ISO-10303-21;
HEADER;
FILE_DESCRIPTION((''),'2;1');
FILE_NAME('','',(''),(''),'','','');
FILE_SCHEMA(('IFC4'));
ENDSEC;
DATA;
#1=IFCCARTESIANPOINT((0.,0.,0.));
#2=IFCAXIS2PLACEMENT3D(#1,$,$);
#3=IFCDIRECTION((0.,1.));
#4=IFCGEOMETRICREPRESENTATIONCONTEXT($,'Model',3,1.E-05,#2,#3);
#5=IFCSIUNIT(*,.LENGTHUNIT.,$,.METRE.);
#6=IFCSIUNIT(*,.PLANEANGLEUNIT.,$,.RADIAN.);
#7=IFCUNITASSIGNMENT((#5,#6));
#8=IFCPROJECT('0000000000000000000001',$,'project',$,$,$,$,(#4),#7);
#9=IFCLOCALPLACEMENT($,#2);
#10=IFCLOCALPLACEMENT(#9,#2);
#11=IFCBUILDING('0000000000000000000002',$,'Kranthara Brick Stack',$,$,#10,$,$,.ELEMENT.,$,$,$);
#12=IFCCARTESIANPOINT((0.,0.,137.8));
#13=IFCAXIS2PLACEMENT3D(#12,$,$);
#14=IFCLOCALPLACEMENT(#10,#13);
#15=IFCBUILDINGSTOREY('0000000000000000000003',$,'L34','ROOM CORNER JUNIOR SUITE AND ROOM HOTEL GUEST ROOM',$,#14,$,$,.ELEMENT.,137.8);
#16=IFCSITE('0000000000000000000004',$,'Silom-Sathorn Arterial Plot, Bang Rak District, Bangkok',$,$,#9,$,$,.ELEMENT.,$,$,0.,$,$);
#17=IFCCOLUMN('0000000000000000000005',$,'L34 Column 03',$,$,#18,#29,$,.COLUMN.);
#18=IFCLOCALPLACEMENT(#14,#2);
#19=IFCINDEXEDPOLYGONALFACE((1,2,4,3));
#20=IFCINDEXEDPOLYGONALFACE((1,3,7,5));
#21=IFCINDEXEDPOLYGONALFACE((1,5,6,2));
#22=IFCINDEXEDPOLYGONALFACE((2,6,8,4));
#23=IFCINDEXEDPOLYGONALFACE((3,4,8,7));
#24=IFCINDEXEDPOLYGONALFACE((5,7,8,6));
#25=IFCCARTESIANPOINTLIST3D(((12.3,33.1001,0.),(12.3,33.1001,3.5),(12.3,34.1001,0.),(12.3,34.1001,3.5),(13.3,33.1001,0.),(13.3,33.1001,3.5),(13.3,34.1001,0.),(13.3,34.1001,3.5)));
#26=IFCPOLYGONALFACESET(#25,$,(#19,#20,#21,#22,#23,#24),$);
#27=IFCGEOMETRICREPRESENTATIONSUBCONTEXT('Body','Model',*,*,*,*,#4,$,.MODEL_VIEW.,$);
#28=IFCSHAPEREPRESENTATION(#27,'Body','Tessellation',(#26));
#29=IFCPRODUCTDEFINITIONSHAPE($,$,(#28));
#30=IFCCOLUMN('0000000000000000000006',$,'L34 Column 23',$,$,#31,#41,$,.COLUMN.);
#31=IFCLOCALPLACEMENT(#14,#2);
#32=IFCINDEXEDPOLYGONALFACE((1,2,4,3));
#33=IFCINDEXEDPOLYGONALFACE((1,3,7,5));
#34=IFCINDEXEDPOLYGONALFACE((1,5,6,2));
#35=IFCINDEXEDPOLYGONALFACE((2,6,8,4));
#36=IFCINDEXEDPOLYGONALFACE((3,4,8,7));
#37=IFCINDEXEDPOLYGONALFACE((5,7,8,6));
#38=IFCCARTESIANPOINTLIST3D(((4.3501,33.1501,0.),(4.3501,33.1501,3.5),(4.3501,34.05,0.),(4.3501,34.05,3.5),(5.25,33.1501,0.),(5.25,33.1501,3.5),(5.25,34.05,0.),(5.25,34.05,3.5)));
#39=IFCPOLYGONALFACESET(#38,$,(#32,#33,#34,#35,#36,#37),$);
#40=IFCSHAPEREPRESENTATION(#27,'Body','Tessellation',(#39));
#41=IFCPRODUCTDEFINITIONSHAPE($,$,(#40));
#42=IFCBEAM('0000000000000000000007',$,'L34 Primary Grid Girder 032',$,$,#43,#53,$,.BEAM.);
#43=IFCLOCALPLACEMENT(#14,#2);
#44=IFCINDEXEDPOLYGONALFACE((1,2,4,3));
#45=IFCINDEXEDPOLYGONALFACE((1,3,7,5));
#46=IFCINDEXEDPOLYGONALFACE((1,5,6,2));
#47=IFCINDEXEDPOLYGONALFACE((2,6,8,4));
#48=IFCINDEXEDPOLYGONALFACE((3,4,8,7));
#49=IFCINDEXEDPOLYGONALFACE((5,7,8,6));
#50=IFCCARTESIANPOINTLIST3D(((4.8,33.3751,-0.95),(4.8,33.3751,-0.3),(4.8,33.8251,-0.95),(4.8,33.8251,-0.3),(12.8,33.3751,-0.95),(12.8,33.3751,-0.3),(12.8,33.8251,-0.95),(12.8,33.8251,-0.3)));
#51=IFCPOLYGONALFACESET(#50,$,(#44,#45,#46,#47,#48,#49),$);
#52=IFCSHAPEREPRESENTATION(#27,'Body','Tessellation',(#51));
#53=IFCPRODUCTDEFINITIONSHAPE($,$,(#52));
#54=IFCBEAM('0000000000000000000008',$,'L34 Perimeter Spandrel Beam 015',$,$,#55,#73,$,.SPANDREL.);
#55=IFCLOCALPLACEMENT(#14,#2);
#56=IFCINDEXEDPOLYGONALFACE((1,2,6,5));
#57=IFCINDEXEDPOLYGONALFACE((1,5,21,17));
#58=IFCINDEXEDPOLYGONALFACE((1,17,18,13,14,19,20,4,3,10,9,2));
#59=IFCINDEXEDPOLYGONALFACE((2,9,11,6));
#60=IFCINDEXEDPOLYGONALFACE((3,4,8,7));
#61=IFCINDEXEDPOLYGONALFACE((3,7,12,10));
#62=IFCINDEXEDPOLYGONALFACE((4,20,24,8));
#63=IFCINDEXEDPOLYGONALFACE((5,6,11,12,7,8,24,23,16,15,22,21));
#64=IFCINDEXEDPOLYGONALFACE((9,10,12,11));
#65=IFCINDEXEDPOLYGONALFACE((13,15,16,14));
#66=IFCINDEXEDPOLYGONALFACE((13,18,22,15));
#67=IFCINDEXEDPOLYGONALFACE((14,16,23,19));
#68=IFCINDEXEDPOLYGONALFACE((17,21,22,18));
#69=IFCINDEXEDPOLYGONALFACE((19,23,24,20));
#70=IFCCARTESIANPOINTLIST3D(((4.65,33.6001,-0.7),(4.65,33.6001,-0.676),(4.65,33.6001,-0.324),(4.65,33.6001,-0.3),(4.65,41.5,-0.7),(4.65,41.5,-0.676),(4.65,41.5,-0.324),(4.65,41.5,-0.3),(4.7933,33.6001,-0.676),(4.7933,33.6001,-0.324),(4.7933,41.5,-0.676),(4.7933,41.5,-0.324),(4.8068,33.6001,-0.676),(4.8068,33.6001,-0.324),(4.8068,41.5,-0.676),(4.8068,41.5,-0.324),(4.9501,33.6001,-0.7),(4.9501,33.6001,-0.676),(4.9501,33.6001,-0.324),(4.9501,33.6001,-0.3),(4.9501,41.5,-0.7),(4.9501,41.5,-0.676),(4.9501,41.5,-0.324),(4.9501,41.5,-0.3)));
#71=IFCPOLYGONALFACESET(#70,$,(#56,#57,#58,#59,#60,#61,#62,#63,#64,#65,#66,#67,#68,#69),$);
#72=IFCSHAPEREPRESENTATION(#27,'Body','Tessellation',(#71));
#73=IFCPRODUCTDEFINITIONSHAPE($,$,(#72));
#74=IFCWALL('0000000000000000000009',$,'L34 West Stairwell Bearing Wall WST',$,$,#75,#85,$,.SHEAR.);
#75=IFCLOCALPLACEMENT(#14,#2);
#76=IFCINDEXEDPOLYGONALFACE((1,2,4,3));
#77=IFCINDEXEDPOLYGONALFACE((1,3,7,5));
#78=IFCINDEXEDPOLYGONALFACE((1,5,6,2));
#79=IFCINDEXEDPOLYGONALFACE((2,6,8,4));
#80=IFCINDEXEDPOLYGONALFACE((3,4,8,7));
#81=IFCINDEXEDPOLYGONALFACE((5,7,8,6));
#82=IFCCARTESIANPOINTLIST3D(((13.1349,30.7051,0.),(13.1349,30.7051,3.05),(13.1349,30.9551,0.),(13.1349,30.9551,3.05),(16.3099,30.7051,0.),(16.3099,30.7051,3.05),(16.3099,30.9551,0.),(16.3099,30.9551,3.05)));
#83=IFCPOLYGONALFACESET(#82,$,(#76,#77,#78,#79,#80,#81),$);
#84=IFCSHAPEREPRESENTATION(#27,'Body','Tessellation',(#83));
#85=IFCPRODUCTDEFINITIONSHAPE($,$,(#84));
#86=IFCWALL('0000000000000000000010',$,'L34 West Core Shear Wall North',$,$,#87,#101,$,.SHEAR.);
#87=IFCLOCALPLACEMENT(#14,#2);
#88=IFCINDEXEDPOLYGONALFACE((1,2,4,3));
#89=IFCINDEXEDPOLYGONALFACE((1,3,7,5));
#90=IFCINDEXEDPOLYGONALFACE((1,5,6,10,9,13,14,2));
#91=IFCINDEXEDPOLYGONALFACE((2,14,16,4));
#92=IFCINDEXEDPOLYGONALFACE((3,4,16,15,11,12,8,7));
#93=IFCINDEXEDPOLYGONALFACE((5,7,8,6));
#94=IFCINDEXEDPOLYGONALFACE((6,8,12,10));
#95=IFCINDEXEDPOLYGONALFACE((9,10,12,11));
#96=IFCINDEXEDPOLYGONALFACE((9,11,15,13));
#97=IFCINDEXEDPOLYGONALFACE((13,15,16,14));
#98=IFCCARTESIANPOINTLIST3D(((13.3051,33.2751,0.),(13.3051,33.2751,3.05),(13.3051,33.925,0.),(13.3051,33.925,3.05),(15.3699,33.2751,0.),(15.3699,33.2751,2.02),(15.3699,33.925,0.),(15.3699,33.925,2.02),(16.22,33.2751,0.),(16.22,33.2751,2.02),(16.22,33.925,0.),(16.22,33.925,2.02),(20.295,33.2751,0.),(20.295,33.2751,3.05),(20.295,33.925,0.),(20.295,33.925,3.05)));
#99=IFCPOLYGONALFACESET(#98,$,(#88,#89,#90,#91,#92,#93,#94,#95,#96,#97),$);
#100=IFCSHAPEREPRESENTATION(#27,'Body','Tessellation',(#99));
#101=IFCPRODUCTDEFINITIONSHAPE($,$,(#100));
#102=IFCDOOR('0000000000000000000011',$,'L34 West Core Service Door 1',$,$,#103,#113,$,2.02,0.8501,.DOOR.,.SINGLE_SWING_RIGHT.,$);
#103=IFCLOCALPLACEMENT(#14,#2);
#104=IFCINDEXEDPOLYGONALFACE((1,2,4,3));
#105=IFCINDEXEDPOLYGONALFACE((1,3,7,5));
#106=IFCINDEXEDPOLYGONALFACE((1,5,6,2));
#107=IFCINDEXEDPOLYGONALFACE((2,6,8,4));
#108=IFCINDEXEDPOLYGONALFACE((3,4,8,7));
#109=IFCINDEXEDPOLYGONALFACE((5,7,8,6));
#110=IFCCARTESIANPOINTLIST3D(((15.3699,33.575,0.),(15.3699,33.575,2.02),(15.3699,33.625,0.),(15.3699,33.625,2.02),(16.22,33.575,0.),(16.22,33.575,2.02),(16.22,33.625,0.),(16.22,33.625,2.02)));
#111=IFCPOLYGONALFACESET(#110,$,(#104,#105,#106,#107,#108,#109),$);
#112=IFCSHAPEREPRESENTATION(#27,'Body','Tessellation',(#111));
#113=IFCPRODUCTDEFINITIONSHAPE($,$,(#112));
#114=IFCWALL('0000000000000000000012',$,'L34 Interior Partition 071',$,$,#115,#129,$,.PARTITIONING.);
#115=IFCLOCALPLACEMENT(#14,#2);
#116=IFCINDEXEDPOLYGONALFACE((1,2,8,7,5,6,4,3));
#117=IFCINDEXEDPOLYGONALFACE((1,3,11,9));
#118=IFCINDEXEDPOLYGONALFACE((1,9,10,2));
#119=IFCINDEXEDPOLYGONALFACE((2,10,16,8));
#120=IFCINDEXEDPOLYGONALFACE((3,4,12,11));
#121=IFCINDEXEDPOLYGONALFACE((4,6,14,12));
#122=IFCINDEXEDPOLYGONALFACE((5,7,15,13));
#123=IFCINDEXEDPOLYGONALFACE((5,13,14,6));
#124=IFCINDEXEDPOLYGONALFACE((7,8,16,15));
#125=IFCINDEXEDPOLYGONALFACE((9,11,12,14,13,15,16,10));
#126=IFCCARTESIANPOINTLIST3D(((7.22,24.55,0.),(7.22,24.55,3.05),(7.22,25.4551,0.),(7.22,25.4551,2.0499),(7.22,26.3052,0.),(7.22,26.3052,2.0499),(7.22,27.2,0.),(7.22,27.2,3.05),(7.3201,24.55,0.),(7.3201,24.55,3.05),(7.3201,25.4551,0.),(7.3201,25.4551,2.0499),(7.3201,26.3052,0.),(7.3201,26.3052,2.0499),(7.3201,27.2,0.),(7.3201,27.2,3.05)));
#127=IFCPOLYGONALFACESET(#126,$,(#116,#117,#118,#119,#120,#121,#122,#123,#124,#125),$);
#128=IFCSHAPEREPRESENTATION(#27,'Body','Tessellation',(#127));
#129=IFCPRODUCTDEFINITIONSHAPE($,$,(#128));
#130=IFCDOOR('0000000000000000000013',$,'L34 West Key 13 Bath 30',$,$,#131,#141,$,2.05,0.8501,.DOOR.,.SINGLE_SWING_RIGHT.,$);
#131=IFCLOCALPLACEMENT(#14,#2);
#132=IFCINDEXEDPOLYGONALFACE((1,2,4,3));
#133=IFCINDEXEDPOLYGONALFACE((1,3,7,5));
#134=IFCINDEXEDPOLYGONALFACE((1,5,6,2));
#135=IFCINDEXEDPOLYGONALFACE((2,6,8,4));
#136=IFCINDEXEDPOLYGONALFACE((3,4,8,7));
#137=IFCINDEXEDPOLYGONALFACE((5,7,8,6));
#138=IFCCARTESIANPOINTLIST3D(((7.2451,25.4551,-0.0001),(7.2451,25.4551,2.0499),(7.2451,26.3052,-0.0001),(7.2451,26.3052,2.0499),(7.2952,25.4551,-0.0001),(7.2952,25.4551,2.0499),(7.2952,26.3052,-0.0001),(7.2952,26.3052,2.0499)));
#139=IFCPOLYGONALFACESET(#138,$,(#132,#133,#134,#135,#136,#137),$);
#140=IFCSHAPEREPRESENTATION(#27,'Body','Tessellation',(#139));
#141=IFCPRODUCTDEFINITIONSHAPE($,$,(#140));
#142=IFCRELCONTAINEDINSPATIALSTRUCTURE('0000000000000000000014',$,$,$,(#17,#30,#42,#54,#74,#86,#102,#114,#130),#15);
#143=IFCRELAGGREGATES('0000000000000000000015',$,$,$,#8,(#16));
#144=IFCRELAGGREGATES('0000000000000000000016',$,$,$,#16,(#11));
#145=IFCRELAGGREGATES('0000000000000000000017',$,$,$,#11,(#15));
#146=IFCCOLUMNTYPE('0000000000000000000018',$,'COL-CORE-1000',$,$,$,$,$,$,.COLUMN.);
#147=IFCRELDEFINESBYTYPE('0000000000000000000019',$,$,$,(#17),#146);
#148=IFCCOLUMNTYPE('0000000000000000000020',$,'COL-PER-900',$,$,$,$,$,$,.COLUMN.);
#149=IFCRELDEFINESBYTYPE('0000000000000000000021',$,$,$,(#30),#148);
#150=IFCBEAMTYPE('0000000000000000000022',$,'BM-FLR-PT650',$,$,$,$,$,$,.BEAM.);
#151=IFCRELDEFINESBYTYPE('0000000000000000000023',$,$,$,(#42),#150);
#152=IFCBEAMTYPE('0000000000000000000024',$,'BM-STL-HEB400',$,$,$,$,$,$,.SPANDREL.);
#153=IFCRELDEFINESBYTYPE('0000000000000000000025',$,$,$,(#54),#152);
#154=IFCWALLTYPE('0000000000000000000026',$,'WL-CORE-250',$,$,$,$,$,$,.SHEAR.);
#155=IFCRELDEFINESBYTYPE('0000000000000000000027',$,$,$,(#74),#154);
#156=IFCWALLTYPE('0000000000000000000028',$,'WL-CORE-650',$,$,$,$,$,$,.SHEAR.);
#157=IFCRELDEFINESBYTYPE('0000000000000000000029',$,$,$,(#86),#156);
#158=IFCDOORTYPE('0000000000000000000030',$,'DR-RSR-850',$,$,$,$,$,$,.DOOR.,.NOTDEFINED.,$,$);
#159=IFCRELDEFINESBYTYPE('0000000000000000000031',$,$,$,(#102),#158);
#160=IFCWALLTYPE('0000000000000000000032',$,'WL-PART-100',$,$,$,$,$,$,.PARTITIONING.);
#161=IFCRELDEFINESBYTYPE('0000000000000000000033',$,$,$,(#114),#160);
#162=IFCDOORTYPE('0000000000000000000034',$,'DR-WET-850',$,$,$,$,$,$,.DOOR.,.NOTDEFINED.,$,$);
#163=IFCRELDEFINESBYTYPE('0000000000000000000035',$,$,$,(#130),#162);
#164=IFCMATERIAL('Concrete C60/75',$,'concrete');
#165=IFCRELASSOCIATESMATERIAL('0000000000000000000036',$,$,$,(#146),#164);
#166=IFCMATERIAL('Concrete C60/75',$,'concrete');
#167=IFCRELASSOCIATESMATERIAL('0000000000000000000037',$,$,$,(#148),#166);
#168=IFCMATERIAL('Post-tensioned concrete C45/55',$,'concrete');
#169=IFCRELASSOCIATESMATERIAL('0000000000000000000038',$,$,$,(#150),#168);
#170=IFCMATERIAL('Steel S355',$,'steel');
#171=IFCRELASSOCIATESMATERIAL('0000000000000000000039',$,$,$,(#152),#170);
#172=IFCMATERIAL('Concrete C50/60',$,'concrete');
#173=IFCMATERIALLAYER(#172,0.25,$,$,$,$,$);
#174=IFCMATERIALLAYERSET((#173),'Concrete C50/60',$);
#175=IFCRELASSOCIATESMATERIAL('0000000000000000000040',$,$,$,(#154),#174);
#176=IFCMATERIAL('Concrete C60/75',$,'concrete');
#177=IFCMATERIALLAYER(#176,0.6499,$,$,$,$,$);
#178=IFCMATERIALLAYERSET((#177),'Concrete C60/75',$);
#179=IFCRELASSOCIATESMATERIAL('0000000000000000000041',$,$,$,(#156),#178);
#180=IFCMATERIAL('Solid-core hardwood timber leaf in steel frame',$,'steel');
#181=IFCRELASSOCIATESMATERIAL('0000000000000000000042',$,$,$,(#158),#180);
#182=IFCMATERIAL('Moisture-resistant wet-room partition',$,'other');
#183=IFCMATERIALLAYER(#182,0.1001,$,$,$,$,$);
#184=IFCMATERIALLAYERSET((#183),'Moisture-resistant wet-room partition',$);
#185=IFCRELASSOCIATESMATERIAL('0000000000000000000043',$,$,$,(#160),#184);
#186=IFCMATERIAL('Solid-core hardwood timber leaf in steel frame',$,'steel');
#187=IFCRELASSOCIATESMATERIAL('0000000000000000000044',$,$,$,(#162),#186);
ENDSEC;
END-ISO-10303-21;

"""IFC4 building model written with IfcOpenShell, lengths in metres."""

from ifc_helpers import new_model, si_unit, direction, frame, frame_2d, origin, origin_2d, place, context, subcontext, project, spatial, rectangle, i_section, extrude, material, layer, layer_set, material_profile, profile_set, type_object, element, fill, save


model = new_model("IFC4")

# Units and contexts
model_context = context("Model", 3, precision=1e-05, world=origin(), true_north=direction((0.0, 1.0)))
body_context = subcontext(model_context, "Body", "Model", "MODEL_VIEW")
ifc_project = project(units=[si_unit("LENGTHUNIT", "METRE"), si_unit("PLANEANGLEUNIT", "RADIAN")], contexts=[model_context])

# Site, building, storey
site_placement = place(None, origin())
site = spatial("IfcSite", under=ifc_project, at=site_placement, Name="Silom-Sathorn Arterial Plot, Bang Rak District, Bangkok", CompositionType="ELEMENT", RefElevation=0.0)
building_placement = place(site_placement, origin())
building = spatial("IfcBuilding", under=site, at=building_placement, Name="Kranthara Brick Stack", CompositionType="ELEMENT")
storey_placement = place(building_placement, frame((0.0, 0.0, 137.8)))
storey = spatial("IfcBuildingStorey", under=building, at=storey_placement, Name="L34", Description="ROOM CORNER JUNIOR SUITE AND ROOM HOTEL GUEST ROOM", CompositionType="ELEMENT", Elevation=137.8)

# Columns
ifc_material_1 = material(Name="Concrete C60/75", Category="concrete")
ifc_material_profile_1 = material_profile(ifc_material_1, rectangle(XDim=1.0, YDim=1.0, at=origin_2d()), Name="RC 1000x1000")
ifc_profile_set_1 = profile_set([ifc_material_profile_1], Name="Concrete C60/75")
column_type_1 = type_object("IfcColumnType", Name="COL-CORE-1000", PredefinedType="COLUMN", material=ifc_profile_set_1)
column_1_placement = place(storey_placement, frame((12.8, 33.6001, 0.0), z_axis=(0.0, 0.0, 1.0), x_axis=(1.0, 0.0, 0.0)))
element("IfcColumn", 1, at=column_1_placement, inside=storey, type_object=column_type_1, Name="L34 Column 03", PredefinedType="COLUMN", context=body_context, shape_type="SweptSolid", body=[
    extrude(rectangle(XDim=1.0, YDim=1.0, at=origin_2d()), origin(), (0.0, 0.0, 1.0), 3.5),
])
ifc_material_2 = material(Name="Concrete C60/75", Category="concrete")
ifc_material_profile_2 = material_profile(ifc_material_2, rectangle(XDim=0.8999, YDim=0.8999, at=origin_2d()), Name="RC 900x900")
ifc_profile_set_2 = profile_set([ifc_material_profile_2], Name="Concrete C60/75")
column_type_2 = type_object("IfcColumnType", Name="COL-PER-900", PredefinedType="COLUMN", material=ifc_profile_set_2)
column_2_placement = place(storey_placement, frame((4.8, 33.6001, 0.0), z_axis=(0.0, 0.0, 1.0), x_axis=(1.0, 0.0, 0.0)))
element("IfcColumn", 2, at=column_2_placement, inside=storey, type_object=column_type_2, Name="L34 Column 23", PredefinedType="COLUMN", context=body_context, shape_type="SweptSolid", body=[
    extrude(rectangle(XDim=0.8999, YDim=0.8999, at=origin_2d()), origin(), (0.0, 0.0, 1.0), 3.5),
])

# Beams
ifc_material_3 = material(Name="Post-tensioned concrete C45/55", Category="concrete")
ifc_material_profile_3 = material_profile(ifc_material_3, rectangle(XDim=0.45, YDim=0.6499, at=origin_2d()), Name="PT 450x650")
ifc_profile_set_3 = profile_set([ifc_material_profile_3], Name="Post-tensioned concrete C45/55")
beam_type_1 = type_object("IfcBeamType", Name="BM-FLR-PT650", PredefinedType="BEAM", material=ifc_profile_set_3)
beam_1_placement = place(storey_placement, frame((4.8, 33.6001, -0.625), z_axis=(1.0, 0.0, 0.0), x_axis=(0.0, 1.0, 0.0)))
element("IfcBeam", 3, at=beam_1_placement, inside=storey, type_object=beam_type_1, Name="L34 Primary Grid Girder 032", PredefinedType="BEAM", context=body_context, shape_type="SweptSolid", body=[
    extrude(rectangle(XDim=0.45, YDim=0.6499, at=origin_2d()), origin(), (0.0, 0.0, 1.0), 8.0),
])
ifc_material_4 = material(Name="Steel S355", Category="steel")
ifc_material_profile_4 = material_profile(ifc_material_4, i_section(OverallWidth=0.3, OverallDepth=0.3999, WebThickness=0.0134, FlangeThickness=0.0239, at=origin_2d()), Name="HEB 400")
ifc_profile_set_4 = profile_set([ifc_material_profile_4], Name="Steel S355")
beam_type_2 = type_object("IfcBeamType", Name="BM-STL-HEB400", PredefinedType="SPANDREL", material=ifc_profile_set_4)
beam_2_placement = place(storey_placement, frame((4.8, 33.6001, -0.5), z_axis=(0.0, 1.0, 0.0), x_axis=(-1.0, 0.0, 0.0)))
element("IfcBeam", 4, at=beam_2_placement, inside=storey, type_object=beam_type_2, Name="L34 Perimeter Spandrel Beam 015", PredefinedType="SPANDREL", context=body_context, shape_type="SweptSolid", body=[
    extrude(i_section(OverallWidth=0.3, OverallDepth=0.3999, WebThickness=0.0134, FlangeThickness=0.0239, at=origin_2d()), origin(), (0.0, 0.0, 1.0), 7.8999),
])

# Wall
ifc_material_5 = material(Name="Concrete C50/60", Category="concrete")
ifc_layer_1 = layer(ifc_material_5, 0.25)
ifc_layer_set_1 = layer_set([ifc_layer_1], Name="Concrete C50/60")
wall_type_1 = type_object("IfcWallType", Name="WL-CORE-250", PredefinedType="SHEAR", material=ifc_layer_set_1)
wall_1_placement = place(storey_placement, frame((13.135, 30.8301, 0.0), z_axis=(0.0, 0.0, 1.0), x_axis=(1.0, 0.0, 0.0)))
element("IfcWall", 5, at=wall_1_placement, inside=storey, type_object=wall_type_1, Name="L34 West Stairwell Bearing Wall WST", PredefinedType="SHEAR", context=body_context, shape_type="SweptSolid", body=[
    extrude(rectangle(XDim=3.175, YDim=0.25, at=frame_2d((1.5874, 0.0))), origin(), (0.0, 0.0, 1.0), 3.05),
])

# Walls, openings, doors
ifc_material_6 = material(Name="Concrete C60/75", Category="concrete")
ifc_layer_2 = layer(ifc_material_6, 0.6499)
ifc_layer_set_2 = layer_set([ifc_layer_2], Name="Concrete C60/75")
wall_type_2 = type_object("IfcWallType", Name="WL-CORE-650", PredefinedType="SHEAR", material=ifc_layer_set_2)
wall_2_placement = place(storey_placement, frame((13.3049, 33.6001, 0.0), z_axis=(0.0, 0.0, 1.0), x_axis=(1.0, 0.0, 0.0)))
wall_2 = element("IfcWall", 6, at=wall_2_placement, inside=storey, type_object=wall_type_2, Name="L34 West Core Shear Wall North", PredefinedType="SHEAR", context=body_context, shape_type="SweptSolid", body=[
    extrude(rectangle(XDim=6.99, YDim=0.6499, at=frame_2d((3.4951, 0.0))), origin(), (0.0, 0.0, 1.0), 3.05),
])
opening_1_placement = place(wall_2_placement, frame((2.0649, 0.0, 0.0)))
opening_1 = element("IfcOpeningElement", 7, at=opening_1_placement, cuts=wall_2, PredefinedType="OPENING", context=body_context, shape_type="SweptSolid", body=[
    extrude(rectangle(XDim=0.8501, YDim=2.02, at=frame_2d((0.425, 1.01))), frame((0.0, 0.335, 0.0), z_axis=(0.0, -1.0, 0.0), x_axis=(1.0, 0.0, 0.0)), (0.0, 0.0, 1.0), 0.6699),
])
ifc_material_7 = material(Name="Solid-core hardwood timber leaf in steel frame", Category="steel")
door_type_1 = type_object("IfcDoorType", Name="DR-RSR-850", OperationType="NOTDEFINED", PredefinedType="DOOR", material=ifc_material_7)
door_1_placement = place(opening_1_placement, origin())
door_1 = element("IfcDoor", 8, at=door_1_placement, inside=storey, type_object=door_type_1, Name="L34 West Core Service Door 1", OperationType="SINGLE_SWING_RIGHT", OverallHeight=2.02, OverallWidth=0.8501, PredefinedType="DOOR", context=body_context, shape_type="SweptSolid", body=[
    extrude(rectangle(XDim=0.8501, YDim=2.02, at=frame_2d((0.425, 1.01))), frame((0.0, 0.0249, 0.0), z_axis=(0.0, -1.0, 0.0), x_axis=(1.0, 0.0, 0.0)), (0.0, 0.0, 1.0), 0.05),
])
fill(opening_1, door_1)
ifc_material_8 = material(Name="Moisture-resistant wet-room partition", Category="other")
ifc_layer_3 = layer(ifc_material_8, 0.1001)
ifc_layer_set_3 = layer_set([ifc_layer_3], Name="Moisture-resistant wet-room partition")
wall_type_3 = type_object("IfcWallType", Name="WL-PART-100", PredefinedType="PARTITIONING", material=ifc_layer_set_3)
wall_3_placement = place(storey_placement, frame((7.27, 24.55, 0.0), z_axis=(0.0, 0.0, 1.0), x_axis=(0.0, 1.0, 0.0)))
wall_3 = element("IfcWall", 9, at=wall_3_placement, inside=storey, type_object=wall_type_3, Name="L34 Interior Partition 071", PredefinedType="PARTITIONING", context=body_context, shape_type="SweptSolid", body=[
    extrude(rectangle(XDim=2.6499, YDim=0.1001, at=frame_2d((1.325, 0.0))), origin(), (0.0, 0.0, 1.0), 3.05),
])
opening_2_placement = place(wall_3_placement, frame((0.905, 0.0, 0.0)))
opening_2 = element("IfcOpeningElement", 10, at=opening_2_placement, cuts=wall_3, PredefinedType="OPENING", context=body_context, shape_type="SweptSolid", body=[
    extrude(rectangle(XDim=0.8501, YDim=2.05, at=frame_2d((0.425, 1.0249))), frame((0.0, 0.0601, 0.0), z_axis=(0.0, -1.0, 0.0), x_axis=(1.0, 0.0, 0.0)), (0.0, 0.0, 1.0), 0.1201),
])
ifc_material_9 = material(Name="Solid-core hardwood timber leaf in steel frame", Category="steel")
door_type_2 = type_object("IfcDoorType", Name="DR-WET-850", OperationType="NOTDEFINED", PredefinedType="DOOR", material=ifc_material_9)
door_2_placement = place(opening_2_placement, origin())
door_2 = element("IfcDoor", 11, at=door_2_placement, inside=storey, type_object=door_type_2, Name="L34 West Key 13 Bath 30", OperationType="SINGLE_SWING_RIGHT", OverallHeight=2.05, OverallWidth=0.8501, PredefinedType="DOOR", context=body_context, shape_type="SweptSolid", body=[
    extrude(rectangle(XDim=0.8501, YDim=2.05, at=frame_2d((0.425, 1.0249))), frame((0.0, 0.0249, 0.0), z_axis=(0.0, -1.0, 0.0), x_axis=(1.0, 0.0, 0.0)), (0.0, 0.0, 1.0), 0.05),
])
fill(opening_2, door_2)

save(model, "model.ifc")
